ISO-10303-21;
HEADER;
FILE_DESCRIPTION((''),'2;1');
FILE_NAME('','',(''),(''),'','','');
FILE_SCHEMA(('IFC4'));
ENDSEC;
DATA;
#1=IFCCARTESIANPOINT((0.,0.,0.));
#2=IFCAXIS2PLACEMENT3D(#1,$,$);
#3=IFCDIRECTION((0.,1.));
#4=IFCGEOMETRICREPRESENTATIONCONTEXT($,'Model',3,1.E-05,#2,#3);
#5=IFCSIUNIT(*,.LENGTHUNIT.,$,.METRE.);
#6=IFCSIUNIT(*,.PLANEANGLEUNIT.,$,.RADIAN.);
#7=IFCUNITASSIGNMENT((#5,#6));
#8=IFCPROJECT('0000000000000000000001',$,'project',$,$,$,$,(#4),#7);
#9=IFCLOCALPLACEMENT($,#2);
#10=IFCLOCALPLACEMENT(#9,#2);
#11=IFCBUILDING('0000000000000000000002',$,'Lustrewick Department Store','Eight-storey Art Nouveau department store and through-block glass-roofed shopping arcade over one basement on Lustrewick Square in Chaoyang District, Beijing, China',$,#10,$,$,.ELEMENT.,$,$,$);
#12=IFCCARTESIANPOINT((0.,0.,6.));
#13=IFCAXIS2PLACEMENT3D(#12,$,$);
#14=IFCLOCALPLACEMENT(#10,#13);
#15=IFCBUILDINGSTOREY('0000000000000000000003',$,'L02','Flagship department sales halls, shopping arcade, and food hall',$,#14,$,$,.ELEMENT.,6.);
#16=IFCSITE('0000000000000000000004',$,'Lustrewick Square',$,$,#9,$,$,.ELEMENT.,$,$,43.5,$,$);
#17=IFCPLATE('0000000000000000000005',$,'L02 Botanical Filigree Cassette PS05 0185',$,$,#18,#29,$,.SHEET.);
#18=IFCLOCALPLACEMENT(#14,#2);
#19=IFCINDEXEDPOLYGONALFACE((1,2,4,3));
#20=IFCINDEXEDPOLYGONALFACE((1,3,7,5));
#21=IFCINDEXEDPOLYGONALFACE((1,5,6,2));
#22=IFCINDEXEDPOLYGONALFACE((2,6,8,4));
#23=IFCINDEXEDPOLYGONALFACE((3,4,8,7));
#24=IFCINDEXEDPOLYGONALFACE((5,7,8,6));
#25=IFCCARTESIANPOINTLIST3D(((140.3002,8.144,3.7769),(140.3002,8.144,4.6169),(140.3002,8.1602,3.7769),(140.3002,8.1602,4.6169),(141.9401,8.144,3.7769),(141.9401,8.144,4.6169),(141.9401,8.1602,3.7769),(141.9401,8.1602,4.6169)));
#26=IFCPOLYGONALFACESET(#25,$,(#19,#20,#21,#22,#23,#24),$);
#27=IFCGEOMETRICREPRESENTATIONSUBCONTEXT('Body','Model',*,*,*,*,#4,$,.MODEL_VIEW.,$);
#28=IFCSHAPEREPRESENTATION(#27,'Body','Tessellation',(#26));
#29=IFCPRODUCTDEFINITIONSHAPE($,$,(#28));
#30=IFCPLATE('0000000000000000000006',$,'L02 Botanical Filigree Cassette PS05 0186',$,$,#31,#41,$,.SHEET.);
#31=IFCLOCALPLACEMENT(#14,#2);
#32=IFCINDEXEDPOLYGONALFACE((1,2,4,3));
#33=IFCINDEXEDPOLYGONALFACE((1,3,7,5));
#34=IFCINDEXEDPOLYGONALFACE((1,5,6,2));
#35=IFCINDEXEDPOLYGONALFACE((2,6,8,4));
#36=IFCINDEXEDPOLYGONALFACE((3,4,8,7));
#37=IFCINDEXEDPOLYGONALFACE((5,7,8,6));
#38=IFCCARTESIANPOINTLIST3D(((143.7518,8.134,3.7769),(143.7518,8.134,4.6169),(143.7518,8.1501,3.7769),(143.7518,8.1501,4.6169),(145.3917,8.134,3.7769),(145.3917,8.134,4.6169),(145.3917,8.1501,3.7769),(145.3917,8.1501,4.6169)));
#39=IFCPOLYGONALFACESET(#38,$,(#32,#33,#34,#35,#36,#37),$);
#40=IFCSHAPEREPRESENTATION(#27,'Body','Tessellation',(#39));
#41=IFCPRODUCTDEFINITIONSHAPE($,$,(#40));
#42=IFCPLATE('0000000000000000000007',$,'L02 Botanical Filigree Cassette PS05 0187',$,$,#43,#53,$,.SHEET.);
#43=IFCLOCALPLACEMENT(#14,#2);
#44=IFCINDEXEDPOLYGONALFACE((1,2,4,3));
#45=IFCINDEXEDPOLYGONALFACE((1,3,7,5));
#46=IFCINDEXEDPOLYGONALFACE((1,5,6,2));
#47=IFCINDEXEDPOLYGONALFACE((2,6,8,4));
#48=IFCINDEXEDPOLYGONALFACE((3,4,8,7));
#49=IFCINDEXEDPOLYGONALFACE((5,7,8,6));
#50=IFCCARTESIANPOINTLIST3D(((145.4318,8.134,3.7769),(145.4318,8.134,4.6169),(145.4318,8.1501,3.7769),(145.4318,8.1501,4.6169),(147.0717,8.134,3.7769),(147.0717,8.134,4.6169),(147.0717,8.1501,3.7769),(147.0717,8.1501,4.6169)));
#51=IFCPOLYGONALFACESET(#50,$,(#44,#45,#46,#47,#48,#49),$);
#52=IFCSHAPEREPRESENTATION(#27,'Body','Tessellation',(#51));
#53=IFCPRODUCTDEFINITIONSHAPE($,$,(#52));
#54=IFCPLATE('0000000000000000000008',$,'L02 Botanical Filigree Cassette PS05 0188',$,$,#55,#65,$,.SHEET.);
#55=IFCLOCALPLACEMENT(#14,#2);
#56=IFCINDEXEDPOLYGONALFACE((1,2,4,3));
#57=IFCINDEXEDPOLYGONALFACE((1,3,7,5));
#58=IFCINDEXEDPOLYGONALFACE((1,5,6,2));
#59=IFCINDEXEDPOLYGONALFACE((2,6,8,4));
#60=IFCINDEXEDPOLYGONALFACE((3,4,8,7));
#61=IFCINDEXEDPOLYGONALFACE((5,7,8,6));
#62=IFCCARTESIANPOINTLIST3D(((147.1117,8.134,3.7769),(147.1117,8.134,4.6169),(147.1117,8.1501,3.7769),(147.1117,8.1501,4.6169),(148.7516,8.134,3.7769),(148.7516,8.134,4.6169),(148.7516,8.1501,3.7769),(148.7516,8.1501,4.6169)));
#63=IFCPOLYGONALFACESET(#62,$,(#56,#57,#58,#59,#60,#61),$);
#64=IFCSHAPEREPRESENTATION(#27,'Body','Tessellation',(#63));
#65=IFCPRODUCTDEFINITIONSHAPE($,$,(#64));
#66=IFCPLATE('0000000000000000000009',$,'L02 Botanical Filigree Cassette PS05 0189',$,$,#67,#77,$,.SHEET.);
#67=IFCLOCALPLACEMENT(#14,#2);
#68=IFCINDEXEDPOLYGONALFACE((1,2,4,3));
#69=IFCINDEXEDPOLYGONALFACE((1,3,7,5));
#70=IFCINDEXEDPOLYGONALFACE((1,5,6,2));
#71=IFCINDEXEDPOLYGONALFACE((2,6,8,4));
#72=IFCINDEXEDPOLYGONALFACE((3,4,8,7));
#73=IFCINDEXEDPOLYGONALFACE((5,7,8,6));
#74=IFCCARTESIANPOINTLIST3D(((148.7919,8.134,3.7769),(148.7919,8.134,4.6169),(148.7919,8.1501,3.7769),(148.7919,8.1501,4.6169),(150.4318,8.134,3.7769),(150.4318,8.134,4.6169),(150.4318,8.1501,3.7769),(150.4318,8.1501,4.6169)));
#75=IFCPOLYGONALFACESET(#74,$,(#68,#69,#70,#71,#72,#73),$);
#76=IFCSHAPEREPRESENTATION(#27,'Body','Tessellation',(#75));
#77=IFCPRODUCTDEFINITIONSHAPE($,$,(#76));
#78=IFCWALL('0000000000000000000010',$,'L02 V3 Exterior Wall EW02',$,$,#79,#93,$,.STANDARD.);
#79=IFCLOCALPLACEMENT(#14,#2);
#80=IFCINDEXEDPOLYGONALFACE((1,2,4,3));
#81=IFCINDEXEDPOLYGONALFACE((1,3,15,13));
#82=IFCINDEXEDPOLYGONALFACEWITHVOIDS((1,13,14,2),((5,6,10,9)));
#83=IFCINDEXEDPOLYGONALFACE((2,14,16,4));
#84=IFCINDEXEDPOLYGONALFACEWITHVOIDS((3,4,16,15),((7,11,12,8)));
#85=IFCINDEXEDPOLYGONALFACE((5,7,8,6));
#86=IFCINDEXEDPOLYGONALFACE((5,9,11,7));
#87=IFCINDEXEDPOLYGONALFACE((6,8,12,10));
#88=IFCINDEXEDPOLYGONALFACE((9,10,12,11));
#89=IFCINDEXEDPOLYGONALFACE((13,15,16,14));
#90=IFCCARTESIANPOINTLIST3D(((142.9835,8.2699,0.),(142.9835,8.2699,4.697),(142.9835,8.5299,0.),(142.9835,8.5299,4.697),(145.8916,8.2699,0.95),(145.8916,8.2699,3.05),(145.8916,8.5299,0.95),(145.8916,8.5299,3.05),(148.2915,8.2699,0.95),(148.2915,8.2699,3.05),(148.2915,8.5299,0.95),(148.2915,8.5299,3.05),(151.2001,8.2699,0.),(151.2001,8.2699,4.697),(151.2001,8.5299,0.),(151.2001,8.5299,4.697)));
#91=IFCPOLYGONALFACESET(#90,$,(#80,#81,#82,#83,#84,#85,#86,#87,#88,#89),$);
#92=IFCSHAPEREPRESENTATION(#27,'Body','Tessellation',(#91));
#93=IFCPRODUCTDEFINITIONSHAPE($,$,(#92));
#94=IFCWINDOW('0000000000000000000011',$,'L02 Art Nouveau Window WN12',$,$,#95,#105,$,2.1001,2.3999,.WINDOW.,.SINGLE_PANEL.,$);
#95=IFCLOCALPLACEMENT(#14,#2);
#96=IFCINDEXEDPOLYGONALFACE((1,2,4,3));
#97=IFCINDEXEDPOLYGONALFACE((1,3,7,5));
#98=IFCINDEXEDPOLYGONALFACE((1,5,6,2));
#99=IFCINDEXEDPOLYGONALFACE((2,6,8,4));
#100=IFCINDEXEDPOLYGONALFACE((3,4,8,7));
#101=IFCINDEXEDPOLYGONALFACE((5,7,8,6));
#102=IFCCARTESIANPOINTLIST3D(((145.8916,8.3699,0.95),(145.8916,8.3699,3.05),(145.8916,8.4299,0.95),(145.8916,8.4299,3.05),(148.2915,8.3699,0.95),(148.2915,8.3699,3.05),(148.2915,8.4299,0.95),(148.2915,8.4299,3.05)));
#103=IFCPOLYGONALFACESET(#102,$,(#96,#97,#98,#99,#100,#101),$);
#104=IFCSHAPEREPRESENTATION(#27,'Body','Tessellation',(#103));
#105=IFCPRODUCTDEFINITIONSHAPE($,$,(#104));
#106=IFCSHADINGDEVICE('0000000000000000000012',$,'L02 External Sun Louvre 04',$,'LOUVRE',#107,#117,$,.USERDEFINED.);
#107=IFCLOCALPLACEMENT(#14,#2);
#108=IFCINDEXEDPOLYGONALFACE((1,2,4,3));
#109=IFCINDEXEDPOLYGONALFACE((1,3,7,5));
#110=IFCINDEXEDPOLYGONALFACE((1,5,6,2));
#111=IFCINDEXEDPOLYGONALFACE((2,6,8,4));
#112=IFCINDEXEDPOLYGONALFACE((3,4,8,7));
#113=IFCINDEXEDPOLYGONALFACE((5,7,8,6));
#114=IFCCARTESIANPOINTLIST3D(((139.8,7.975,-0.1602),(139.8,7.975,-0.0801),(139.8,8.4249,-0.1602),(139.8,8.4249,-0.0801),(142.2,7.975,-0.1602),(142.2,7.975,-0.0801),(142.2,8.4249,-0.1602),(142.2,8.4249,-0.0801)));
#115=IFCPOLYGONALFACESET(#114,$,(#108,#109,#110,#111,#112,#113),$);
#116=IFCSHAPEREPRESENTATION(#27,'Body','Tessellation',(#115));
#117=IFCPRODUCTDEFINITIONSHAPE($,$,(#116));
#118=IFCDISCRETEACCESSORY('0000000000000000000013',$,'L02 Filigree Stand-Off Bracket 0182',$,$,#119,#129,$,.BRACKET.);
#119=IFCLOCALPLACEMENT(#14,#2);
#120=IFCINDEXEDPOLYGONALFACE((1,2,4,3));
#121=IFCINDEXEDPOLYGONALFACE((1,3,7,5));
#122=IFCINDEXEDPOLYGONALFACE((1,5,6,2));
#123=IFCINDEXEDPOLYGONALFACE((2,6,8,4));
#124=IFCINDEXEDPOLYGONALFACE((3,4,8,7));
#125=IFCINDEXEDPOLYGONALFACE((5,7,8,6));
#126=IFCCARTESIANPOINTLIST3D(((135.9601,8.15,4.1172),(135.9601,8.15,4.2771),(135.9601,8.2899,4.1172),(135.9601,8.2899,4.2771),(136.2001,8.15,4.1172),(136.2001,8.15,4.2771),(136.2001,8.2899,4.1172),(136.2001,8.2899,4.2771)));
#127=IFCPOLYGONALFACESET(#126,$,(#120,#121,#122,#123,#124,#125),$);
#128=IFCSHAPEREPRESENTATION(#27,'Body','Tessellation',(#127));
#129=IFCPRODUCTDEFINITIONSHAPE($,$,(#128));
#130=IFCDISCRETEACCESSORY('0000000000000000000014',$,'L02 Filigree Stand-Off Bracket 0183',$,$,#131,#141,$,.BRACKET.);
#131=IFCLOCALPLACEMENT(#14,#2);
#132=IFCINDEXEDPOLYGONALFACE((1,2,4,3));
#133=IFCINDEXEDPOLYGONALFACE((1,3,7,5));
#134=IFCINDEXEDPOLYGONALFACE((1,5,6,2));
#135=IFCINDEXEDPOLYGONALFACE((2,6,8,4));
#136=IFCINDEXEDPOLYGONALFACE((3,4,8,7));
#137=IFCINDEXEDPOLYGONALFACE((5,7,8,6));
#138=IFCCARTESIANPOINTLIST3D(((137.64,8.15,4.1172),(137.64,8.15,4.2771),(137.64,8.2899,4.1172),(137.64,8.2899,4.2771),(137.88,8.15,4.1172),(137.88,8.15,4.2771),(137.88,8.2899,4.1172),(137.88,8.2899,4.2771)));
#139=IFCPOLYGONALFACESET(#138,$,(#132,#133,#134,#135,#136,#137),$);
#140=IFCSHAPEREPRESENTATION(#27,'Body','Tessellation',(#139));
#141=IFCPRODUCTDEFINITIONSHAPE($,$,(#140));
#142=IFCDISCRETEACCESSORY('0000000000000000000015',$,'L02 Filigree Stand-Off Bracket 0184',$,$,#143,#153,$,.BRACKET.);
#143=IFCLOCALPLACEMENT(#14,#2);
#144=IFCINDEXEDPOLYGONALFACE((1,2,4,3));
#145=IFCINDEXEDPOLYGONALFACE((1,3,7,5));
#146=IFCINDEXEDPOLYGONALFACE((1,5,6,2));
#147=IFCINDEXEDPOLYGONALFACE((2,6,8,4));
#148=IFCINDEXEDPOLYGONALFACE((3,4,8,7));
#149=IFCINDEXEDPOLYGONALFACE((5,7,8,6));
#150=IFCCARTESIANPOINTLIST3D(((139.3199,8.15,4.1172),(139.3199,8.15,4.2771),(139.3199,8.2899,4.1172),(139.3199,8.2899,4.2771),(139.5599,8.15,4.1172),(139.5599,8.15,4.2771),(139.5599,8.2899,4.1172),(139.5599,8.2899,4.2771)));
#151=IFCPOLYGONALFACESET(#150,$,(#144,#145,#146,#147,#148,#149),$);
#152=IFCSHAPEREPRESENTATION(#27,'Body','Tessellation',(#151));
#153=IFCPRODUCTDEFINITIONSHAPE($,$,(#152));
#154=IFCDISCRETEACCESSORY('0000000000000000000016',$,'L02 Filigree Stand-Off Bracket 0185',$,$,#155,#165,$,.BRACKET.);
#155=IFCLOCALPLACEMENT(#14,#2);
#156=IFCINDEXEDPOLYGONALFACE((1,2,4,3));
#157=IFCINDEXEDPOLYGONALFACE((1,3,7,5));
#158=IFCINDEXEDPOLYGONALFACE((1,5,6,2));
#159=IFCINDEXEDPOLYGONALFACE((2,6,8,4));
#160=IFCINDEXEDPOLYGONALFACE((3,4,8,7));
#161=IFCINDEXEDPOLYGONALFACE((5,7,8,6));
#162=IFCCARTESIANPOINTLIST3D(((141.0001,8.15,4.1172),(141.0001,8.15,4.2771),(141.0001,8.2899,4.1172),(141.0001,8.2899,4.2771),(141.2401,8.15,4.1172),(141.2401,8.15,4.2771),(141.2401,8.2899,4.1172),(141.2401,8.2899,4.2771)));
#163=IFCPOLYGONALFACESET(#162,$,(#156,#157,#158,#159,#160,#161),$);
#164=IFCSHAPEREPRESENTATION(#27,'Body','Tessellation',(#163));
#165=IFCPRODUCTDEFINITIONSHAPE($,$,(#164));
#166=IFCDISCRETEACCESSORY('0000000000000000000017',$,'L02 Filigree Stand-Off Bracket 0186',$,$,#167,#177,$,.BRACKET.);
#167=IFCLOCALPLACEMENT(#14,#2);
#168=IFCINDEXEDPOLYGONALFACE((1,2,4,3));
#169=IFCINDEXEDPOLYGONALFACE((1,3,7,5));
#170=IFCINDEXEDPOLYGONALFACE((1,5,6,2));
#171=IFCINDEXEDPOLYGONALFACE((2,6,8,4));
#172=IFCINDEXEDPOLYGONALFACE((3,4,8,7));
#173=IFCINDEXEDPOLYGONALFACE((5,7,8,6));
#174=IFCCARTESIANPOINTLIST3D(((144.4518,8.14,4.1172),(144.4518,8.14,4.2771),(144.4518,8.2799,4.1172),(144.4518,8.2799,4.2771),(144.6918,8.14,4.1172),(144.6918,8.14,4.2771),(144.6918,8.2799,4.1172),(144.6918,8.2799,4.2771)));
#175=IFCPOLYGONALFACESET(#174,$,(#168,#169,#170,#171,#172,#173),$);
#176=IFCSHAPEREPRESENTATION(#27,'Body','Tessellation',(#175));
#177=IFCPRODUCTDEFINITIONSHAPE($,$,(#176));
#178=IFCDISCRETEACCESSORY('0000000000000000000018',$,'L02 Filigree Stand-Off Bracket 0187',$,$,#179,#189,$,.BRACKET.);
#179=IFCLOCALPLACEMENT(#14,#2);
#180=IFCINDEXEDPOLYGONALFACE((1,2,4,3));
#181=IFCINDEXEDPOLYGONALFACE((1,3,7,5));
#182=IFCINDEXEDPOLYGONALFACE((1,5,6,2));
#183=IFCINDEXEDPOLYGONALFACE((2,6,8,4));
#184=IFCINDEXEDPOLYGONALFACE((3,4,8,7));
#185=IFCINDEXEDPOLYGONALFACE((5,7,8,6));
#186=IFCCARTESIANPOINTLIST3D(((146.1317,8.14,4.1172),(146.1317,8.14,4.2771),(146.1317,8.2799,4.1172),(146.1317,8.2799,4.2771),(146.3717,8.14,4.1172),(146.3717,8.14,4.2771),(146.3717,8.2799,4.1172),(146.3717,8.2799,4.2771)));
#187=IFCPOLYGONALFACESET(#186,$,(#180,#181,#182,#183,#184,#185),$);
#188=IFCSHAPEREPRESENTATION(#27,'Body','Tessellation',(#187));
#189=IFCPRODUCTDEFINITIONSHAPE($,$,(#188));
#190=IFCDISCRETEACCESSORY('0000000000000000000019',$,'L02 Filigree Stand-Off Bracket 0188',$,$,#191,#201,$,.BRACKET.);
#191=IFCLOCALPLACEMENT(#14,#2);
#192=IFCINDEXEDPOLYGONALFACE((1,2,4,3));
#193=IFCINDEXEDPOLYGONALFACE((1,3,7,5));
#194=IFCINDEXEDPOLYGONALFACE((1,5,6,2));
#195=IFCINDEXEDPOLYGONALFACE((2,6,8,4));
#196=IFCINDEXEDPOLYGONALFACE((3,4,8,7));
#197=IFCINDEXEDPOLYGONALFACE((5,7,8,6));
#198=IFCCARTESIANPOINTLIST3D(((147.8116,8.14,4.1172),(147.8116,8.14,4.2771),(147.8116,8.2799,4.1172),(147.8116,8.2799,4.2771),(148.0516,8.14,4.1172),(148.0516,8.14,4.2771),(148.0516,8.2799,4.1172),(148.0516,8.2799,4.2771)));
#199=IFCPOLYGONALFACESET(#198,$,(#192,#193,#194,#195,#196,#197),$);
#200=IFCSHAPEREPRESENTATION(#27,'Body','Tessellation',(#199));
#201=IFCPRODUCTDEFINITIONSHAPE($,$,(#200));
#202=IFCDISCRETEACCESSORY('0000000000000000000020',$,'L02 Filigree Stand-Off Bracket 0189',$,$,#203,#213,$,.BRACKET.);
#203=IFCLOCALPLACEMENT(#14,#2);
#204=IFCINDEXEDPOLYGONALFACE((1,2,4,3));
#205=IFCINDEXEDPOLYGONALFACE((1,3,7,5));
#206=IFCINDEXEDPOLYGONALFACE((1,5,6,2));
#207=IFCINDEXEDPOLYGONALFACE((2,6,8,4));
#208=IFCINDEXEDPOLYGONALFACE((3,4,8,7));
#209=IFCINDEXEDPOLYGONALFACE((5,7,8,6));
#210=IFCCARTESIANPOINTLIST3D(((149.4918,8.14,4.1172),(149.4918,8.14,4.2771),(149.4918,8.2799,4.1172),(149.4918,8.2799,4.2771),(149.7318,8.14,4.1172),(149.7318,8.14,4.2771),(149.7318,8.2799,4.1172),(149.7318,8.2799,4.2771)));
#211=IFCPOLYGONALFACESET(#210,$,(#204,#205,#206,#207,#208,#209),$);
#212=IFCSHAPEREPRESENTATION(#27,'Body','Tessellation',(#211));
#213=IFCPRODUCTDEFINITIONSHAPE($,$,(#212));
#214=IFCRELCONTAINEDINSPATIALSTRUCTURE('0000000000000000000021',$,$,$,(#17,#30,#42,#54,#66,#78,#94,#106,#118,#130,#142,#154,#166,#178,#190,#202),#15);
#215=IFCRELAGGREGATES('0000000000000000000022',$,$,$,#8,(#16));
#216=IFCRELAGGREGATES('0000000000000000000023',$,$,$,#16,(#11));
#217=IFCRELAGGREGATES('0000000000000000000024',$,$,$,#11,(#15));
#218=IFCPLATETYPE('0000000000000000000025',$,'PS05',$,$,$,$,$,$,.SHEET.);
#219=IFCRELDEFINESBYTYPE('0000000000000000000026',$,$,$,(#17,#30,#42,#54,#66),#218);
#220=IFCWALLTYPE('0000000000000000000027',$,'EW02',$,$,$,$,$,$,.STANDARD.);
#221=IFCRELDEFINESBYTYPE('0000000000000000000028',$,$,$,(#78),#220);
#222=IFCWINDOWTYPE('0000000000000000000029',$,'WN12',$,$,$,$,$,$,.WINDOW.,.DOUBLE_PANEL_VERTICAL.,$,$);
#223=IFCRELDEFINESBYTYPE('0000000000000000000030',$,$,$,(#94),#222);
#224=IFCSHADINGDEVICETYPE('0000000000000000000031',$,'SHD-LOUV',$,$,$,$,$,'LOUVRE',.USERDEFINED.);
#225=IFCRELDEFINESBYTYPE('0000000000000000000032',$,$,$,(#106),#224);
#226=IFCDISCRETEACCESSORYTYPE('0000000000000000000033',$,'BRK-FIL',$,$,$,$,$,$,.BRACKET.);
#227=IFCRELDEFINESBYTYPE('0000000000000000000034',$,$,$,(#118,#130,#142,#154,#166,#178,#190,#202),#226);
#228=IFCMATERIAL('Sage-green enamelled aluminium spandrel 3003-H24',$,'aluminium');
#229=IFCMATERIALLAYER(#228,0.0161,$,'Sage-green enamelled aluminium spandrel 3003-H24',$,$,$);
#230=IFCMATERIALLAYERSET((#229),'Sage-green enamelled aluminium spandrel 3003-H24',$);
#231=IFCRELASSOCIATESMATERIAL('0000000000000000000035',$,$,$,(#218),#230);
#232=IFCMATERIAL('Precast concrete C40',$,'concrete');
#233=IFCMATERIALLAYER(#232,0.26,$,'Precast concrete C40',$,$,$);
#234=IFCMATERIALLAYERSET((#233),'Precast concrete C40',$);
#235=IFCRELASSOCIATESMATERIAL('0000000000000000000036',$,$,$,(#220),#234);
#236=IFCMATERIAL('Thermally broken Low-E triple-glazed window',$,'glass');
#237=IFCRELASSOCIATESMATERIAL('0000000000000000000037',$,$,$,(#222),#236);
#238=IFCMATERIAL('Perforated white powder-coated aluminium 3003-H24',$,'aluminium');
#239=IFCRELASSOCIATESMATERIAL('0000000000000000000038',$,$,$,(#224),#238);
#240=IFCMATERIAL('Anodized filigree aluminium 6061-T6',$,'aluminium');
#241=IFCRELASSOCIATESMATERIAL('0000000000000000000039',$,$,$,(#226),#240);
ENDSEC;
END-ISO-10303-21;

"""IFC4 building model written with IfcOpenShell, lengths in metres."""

from ifc_helpers import new_model, si_unit, direction, frame, frame_2d, origin, origin_2d, place, context, subcontext, project, spatial, rectangle, extrude, material, layer, layer_set, type_object, element, fill, save


model = new_model("IFC4")

# Units and contexts
model_context = context("Model", 3, precision=1e-05, world=origin(), true_north=direction((0.0, 1.0)))
body_context = subcontext(model_context, "Body", "Model", "MODEL_VIEW")
ifc_project = project(units=[si_unit("LENGTHUNIT", "METRE"), si_unit("PLANEANGLEUNIT", "RADIAN")], contexts=[model_context])

# Site, building, storey
site_placement = place(None, origin())
site = spatial("IfcSite", under=ifc_project, at=site_placement, Name="Lustrewick Square", CompositionType="ELEMENT", RefElevation=43.5)
building_placement = place(site_placement, origin())
building = spatial("IfcBuilding", under=site, at=building_placement, Name="Lustrewick Department Store", Description="Eight-storey Art Nouveau department store and through-block glass-roofed shopping arcade over one basement on Lustrewick Square in Chaoyang District, Beijing, China", CompositionType="ELEMENT")
storey_placement = place(building_placement, frame((0.0, 0.0, 6.0)))
storey = spatial("IfcBuildingStorey", under=building, at=storey_placement, Name="L02", Description="Flagship department sales halls, shopping arcade, and food hall", CompositionType="ELEMENT", Elevation=6.0)

# Plates
ifc_material_1 = material(Name="Sage-green enamelled aluminium spandrel 3003-H24", Category="aluminium")
ifc_layer_1 = layer(ifc_material_1, 0.0161, Name="Sage-green enamelled aluminium spandrel 3003-H24")
ifc_layer_set_1 = layer_set([ifc_layer_1], Name="Sage-green enamelled aluminium spandrel 3003-H24")
plate_type = type_object("IfcPlateType", Name="PS05", PredefinedType="SHEET", material=ifc_layer_set_1)
for number, where, z_axis, x_axis, name in (
    (1, (141.1201, 8.1521, 3.7769), (0.0, 0.0, 1.0), (1.0, 0.0, 0.0), "L02 Botanical Filigree Cassette PS05 0185"),
    (2, (144.5718, 8.1421, 3.7769), (0.0, 0.0, 1.0), (1.0, 0.0, 0.0), "L02 Botanical Filigree Cassette PS05 0186"),
    (3, (146.2517, 8.1421, 3.7769), (0.0, 0.0, 1.0), (1.0, 0.0, 0.0), "L02 Botanical Filigree Cassette PS05 0187"),
    (4, (147.9316, 8.1421, 3.7769), (0.0, 0.0, 1.0), (1.0, 0.0, 0.0), "L02 Botanical Filigree Cassette PS05 0188"),
    (5, (149.6118, 8.1421, 3.7769), (0.0, 0.0, 1.0), (1.0, 0.0, 0.0), "L02 Botanical Filigree Cassette PS05 0189"),
):
    element("IfcPlate", number, at=place(storey_placement, frame(where, z_axis=z_axis, x_axis=x_axis)), inside=storey, type_object=plate_type, Name=name, PredefinedType="SHEET", context=body_context, shape_type="SweptSolid", body=[
        extrude(rectangle(XDim=1.6399, YDim=0.0161, at=origin_2d()), origin(), (0.0, 0.0, 1.0), 0.8401),
    ])

# Wall, opening, window
ifc_material_2 = material(Name="Precast concrete C40", Category="concrete")
ifc_layer_2 = layer(ifc_material_2, 0.26, Name="Precast concrete C40")
ifc_layer_set_2 = layer_set([ifc_layer_2], Name="Precast concrete C40")
wall_type = type_object("IfcWallType", Name="EW02", PredefinedType="STANDARD", material=ifc_layer_set_2)
wall_placement = place(storey_placement, frame((142.9834, 8.3999, 0.0), z_axis=(0.0, 0.0, 1.0), x_axis=(1.0, 0.0, 0.0)))
wall = element("IfcWall", 6, at=wall_placement, inside=storey, type_object=wall_type, Name="L02 V3 Exterior Wall EW02", PredefinedType="STANDARD", context=body_context, shape_type="SweptSolid", body=[
    extrude(rectangle(XDim=8.2166, YDim=0.26, at=frame_2d((4.1084, 0.0))), origin(), (0.0, 0.0, 1.0), 4.697),
])
opening_placement = place(wall_placement, frame((2.9082, 0.0, 0.95)))
opening = element("IfcOpeningElement", 7, at=opening_placement, cuts=wall, PredefinedType="OPENING", context=body_context, shape_type="SweptSolid", body=[
    extrude(rectangle(XDim=2.3999, YDim=2.1001, at=frame_2d((1.2, 1.05))), frame((0.0, 0.1401, 0.0), z_axis=(0.0, -1.0, 0.0), x_axis=(1.0, 0.0, 0.0)), (0.0, 0.0, 1.0), 0.28),
])
ifc_material_3 = material(Name="Thermally broken Low-E triple-glazed window", Category="glass")
window_type = type_object("IfcWindowType", Name="WN12", PartitioningType="DOUBLE_PANEL_VERTICAL", PredefinedType="WINDOW", material=ifc_material_3)
window_placement = place(opening_placement, origin())
window = element("IfcWindow", 8, at=window_placement, inside=storey, type_object=window_type, Name="L02 Art Nouveau Window WN12", OverallHeight=2.1001, OverallWidth=2.3999, PartitioningType="SINGLE_PANEL", PredefinedType="WINDOW", context=body_context, shape_type="SweptSolid", body=[
    extrude(rectangle(XDim=2.3999, YDim=2.1001, at=frame_2d((1.2, 1.05))), frame((0.0, 0.03, 0.0), z_axis=(0.0, -1.0, 0.0), x_axis=(1.0, 0.0, 0.0)), (0.0, 0.0, 1.0), 0.0601),
])
fill(opening, window)

# Shading device
ifc_material_4 = material(Name="Perforated white powder-coated aluminium 3003-H24", Category="aluminium")
shading_device_type = type_object("IfcShadingDeviceType", Name="SHD-LOUV", ElementType="LOUVRE", PredefinedType="USERDEFINED", material=ifc_material_4)
shading_device_placement = place(storey_placement, frame((141.0, 8.2, -0.1602), z_axis=(0.0, 0.0, 1.0), x_axis=(1.0, 0.0, 0.0)))
element("IfcShadingDevice", 9, at=shading_device_placement, inside=storey, type_object=shading_device_type, Name="L02 External Sun Louvre 04", ObjectType="LOUVRE", PredefinedType="USERDEFINED", context=body_context, shape_type="SweptSolid", body=[
    extrude(rectangle(XDim=2.3999, YDim=0.45, at=origin_2d()), origin(), (0.0, 0.0, 1.0), 0.0801),
])

# Discrete accessories
ifc_material_5 = material(Name="Anodized filigree aluminium 6061-T6", Category="aluminium")
discrete_accessory_type = type_object("IfcDiscreteAccessoryType", Name="BRK-FIL", PredefinedType="BRACKET", material=ifc_material_5)
for number, where, z_axis, x_axis, name in (
    (10, (136.0801, 8.22, 4.1172), (0.0, 0.0, 1.0), (1.0, 0.0, 0.0), "L02 Filigree Stand-Off Bracket 0182"),
    (11, (137.76, 8.22, 4.1172), (0.0, 0.0, 1.0), (1.0, 0.0, 0.0), "L02 Filigree Stand-Off Bracket 0183"),
    (12, (139.4399, 8.22, 4.1172), (0.0, 0.0, 1.0), (1.0, 0.0, 0.0), "L02 Filigree Stand-Off Bracket 0184"),
    (13, (141.1201, 8.22, 4.1172), (0.0, 0.0, 1.0), (1.0, 0.0, 0.0), "L02 Filigree Stand-Off Bracket 0185"),
    (14, (144.5718, 8.21, 4.1172), (0.0, 0.0, 1.0), (1.0, 0.0, 0.0), "L02 Filigree Stand-Off Bracket 0186"),
    (15, (146.2517, 8.21, 4.1172), (0.0, 0.0, 1.0), (1.0, 0.0, 0.0), "L02 Filigree Stand-Off Bracket 0187"),
    (16, (147.9316, 8.21, 4.1172), (0.0, 0.0, 1.0), (1.0, 0.0, 0.0), "L02 Filigree Stand-Off Bracket 0188"),
    (17, (149.6118, 8.21, 4.1172), (0.0, 0.0, 1.0), (1.0, 0.0, 0.0), "L02 Filigree Stand-Off Bracket 0189"),
):
    element("IfcDiscreteAccessory", number, at=place(storey_placement, frame(where, z_axis=z_axis, x_axis=x_axis)), inside=storey, type_object=discrete_accessory_type, Name=name, PredefinedType="BRACKET", context=body_context, shape_type="SweptSolid", body=[
        extrude(rectangle(XDim=0.24, YDim=0.1399, at=origin_2d()), origin(), (0.0, 0.0, 1.0), 0.1599),
    ])

save(model, "model.ifc")
